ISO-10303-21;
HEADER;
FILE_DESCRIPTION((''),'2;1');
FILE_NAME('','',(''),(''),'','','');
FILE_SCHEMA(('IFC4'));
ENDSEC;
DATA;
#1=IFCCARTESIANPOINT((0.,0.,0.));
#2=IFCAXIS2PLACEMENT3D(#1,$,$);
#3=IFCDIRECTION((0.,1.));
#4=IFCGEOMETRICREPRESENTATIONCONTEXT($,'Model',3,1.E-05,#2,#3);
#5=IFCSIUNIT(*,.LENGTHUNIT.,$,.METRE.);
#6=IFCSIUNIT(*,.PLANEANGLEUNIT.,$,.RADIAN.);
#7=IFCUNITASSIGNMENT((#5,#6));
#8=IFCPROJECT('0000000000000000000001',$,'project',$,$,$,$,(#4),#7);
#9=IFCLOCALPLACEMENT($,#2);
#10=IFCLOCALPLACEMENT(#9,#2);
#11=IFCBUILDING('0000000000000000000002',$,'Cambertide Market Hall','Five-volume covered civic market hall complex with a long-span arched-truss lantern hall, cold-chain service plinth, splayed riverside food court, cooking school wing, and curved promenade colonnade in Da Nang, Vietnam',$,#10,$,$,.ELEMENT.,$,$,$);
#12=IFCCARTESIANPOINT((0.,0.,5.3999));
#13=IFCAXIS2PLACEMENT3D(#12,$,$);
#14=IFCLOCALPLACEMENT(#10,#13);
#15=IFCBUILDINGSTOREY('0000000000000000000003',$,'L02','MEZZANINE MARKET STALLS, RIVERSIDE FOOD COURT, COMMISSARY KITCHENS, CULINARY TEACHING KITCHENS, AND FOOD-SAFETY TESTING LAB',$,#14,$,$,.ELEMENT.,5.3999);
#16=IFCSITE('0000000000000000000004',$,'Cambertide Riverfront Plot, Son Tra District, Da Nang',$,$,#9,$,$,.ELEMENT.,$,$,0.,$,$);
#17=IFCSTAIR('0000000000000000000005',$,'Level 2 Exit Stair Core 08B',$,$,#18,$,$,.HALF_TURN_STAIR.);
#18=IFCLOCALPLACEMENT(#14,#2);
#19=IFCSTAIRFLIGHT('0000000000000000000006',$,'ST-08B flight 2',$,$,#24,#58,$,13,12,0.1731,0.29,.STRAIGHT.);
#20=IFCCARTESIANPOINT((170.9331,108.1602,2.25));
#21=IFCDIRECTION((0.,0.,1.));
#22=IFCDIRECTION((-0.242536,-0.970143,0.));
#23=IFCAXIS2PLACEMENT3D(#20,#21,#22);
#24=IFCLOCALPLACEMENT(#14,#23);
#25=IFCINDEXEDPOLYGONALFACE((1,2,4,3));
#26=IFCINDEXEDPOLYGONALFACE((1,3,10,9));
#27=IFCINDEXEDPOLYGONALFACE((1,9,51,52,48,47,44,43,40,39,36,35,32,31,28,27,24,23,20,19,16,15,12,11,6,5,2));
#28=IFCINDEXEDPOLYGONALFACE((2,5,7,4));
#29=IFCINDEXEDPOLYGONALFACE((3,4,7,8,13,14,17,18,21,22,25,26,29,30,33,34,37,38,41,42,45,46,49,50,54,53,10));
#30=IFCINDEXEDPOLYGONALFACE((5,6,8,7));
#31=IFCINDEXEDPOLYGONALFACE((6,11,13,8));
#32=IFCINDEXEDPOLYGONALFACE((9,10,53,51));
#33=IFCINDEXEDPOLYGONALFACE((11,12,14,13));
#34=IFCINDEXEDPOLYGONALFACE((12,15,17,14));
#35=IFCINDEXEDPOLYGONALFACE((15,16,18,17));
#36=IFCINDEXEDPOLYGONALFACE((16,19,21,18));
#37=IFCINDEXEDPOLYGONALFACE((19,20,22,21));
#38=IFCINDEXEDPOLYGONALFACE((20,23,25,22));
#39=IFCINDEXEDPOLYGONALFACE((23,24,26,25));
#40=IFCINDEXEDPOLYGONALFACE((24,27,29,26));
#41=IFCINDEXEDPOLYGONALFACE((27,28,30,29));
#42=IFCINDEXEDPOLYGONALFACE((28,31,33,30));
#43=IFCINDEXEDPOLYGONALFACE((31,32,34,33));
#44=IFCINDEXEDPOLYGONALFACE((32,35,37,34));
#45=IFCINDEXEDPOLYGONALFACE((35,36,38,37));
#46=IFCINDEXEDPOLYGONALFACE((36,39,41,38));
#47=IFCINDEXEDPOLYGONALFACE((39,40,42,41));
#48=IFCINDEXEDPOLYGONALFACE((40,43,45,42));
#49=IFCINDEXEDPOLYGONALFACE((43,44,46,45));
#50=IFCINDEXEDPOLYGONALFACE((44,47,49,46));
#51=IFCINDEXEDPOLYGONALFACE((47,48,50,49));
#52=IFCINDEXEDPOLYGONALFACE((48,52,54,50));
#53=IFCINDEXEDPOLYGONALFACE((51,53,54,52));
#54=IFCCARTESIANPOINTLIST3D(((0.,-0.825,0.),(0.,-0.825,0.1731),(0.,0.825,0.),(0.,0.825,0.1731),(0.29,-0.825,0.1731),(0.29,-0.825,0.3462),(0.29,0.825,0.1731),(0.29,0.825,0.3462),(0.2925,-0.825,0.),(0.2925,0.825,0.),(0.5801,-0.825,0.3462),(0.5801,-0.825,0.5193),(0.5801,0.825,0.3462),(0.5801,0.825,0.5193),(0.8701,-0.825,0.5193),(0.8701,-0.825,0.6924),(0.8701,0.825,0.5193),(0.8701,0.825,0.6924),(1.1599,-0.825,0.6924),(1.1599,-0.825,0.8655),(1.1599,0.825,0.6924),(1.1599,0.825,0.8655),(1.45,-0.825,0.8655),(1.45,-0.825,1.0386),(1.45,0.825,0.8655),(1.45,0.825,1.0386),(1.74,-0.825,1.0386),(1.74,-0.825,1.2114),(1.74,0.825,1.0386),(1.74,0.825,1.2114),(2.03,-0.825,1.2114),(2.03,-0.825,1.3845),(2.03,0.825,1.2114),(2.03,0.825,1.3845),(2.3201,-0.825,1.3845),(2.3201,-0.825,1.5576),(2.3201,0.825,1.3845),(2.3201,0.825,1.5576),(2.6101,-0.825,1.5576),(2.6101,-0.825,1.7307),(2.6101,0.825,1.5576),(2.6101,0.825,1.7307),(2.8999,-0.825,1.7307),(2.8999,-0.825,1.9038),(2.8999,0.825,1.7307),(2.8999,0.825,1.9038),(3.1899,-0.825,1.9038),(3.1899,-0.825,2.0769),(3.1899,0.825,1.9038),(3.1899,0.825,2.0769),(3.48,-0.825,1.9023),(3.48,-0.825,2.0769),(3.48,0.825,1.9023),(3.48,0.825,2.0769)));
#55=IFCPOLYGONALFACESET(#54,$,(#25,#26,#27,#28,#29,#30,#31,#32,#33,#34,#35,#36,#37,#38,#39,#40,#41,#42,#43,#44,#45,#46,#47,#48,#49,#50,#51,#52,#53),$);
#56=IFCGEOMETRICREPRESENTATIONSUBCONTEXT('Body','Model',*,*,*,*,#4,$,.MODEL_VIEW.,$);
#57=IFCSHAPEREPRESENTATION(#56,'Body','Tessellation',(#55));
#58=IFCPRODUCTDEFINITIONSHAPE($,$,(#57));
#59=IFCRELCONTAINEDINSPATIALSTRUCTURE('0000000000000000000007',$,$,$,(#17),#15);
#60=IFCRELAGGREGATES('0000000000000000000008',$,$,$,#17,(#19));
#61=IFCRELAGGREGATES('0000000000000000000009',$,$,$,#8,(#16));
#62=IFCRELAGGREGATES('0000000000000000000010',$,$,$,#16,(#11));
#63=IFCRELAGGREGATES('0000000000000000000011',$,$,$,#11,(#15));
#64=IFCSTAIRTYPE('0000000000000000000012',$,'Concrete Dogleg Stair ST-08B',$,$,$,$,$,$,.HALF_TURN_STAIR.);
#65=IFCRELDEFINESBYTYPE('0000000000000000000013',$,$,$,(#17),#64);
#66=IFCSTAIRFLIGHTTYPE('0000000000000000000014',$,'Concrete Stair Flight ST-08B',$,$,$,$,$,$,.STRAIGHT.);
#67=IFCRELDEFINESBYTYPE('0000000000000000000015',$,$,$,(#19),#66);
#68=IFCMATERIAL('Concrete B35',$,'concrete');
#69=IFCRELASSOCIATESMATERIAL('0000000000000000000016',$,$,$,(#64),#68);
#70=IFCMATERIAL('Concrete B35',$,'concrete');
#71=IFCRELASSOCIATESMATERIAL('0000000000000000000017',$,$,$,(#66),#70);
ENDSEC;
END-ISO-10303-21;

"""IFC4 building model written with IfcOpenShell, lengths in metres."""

from ifc_helpers import new_model, si_unit, direction, frame, origin, place, context, subcontext, project, spatial, polyline, outline, extrude, material, type_object, element, aggregate, save


model = new_model("IFC4")

# Units and contexts
model_context = context("Model", 3, precision=1e-05, world=origin(), true_north=direction((0.0, 1.0)))
body_context = subcontext(model_context, "Body", "Model", "MODEL_VIEW")
ifc_project = project(units=[si_unit("LENGTHUNIT", "METRE"), si_unit("PLANEANGLEUNIT", "RADIAN")], contexts=[model_context])

# Site, building, storey
site_placement = place(None, origin())
site = spatial("IfcSite", under=ifc_project, at=site_placement, Name="Cambertide Riverfront Plot, Son Tra District, Da Nang", CompositionType="ELEMENT", RefElevation=0.0)
building_placement = place(site_placement, origin())
building = spatial("IfcBuilding", under=site, at=building_placement, Name="Cambertide Market Hall", Description="Five-volume covered civic market hall complex with a long-span arched-truss lantern hall, cold-chain service plinth, splayed riverside food court, cooking school wing, and curved promenade colonnade in Da Nang, Vietnam", CompositionType="ELEMENT")
storey_placement = place(building_placement, frame((0.0, 0.0, 5.3999)))
storey = spatial("IfcBuildingStorey", under=building, at=storey_placement, Name="L02", Description="MEZZANINE MARKET STALLS, RIVERSIDE FOOD COURT, COMMISSARY KITCHENS, CULINARY TEACHING KITCHENS, AND FOOD-SAFETY TESTING LAB", CompositionType="ELEMENT", Elevation=5.3999)

# Stair, stair flight
ifc_material_1 = material(Name="Concrete B35", Category="concrete")
stair_type = type_object("IfcStairType", Name="Concrete Dogleg Stair ST-08B", PredefinedType="HALF_TURN_STAIR", material=ifc_material_1)
stair_placement = place(storey_placement, origin())
stair = element("IfcStair", 1, at=stair_placement, inside=storey, type_object=stair_type, Name="Level 2 Exit Stair Core 08B", PredefinedType="HALF_TURN_STAIR")
ifc_material_2 = material(Name="Concrete B35", Category="concrete")
stair_flight_type = type_object("IfcStairFlightType", Name="Concrete Stair Flight ST-08B", PredefinedType="STRAIGHT", material=ifc_material_2)
stair_flight_1_placement = place(storey_placement, frame((170.9331, 108.1602, 2.25), z_axis=(0.0, 0.0, 1.0), x_axis=(-0.242536, -0.970143, 0.0)))
stair_flight_1 = element("IfcStairFlight", 2, at=stair_flight_1_placement, type_object=stair_flight_type, Name="ST-08B flight 2", NumberOfRisers=13, NumberOfTreads=12, PredefinedType="STRAIGHT", RiserHeight=0.1731, TreadLength=0.29, context=body_context, shape_type="SweptSolid", body=[
    extrude(outline(polyline([(0.0, 0.0), (0.0, 0.1731), (0.29, 0.1731), (0.29, 0.3462), (0.5801, 0.3462), (0.5801, 0.5193), (0.8701, 0.5193), (0.8701, 0.6924), (1.1599, 0.6924), (1.1599, 0.8655), (1.45, 0.8655), (1.45, 1.0386), (1.74, 1.0386), (1.74, 1.2114), (2.03, 1.2114), (2.03, 1.3845), (2.3201, 1.3845), (2.3201, 1.5576), (2.6101, 1.5576), (2.6101, 1.7307), (2.8999, 1.7307), (2.8999, 1.9038), (3.1899, 1.9038), (3.1899, 2.0769), (3.48, 2.0769), (3.48, 2.25), (3.48, 1.9023), (0.2925, 0.0), (0.0, 0.0)])), frame((0.0, 0.825, 0.0), z_axis=(0.0, -1.0, 0.0), x_axis=(1.0, 0.0, 0.0)), (0.0, 0.0, 1.0), 1.6499),
])
aggregate(stair, [stair_flight_1])

save(model, "model.ifc")
